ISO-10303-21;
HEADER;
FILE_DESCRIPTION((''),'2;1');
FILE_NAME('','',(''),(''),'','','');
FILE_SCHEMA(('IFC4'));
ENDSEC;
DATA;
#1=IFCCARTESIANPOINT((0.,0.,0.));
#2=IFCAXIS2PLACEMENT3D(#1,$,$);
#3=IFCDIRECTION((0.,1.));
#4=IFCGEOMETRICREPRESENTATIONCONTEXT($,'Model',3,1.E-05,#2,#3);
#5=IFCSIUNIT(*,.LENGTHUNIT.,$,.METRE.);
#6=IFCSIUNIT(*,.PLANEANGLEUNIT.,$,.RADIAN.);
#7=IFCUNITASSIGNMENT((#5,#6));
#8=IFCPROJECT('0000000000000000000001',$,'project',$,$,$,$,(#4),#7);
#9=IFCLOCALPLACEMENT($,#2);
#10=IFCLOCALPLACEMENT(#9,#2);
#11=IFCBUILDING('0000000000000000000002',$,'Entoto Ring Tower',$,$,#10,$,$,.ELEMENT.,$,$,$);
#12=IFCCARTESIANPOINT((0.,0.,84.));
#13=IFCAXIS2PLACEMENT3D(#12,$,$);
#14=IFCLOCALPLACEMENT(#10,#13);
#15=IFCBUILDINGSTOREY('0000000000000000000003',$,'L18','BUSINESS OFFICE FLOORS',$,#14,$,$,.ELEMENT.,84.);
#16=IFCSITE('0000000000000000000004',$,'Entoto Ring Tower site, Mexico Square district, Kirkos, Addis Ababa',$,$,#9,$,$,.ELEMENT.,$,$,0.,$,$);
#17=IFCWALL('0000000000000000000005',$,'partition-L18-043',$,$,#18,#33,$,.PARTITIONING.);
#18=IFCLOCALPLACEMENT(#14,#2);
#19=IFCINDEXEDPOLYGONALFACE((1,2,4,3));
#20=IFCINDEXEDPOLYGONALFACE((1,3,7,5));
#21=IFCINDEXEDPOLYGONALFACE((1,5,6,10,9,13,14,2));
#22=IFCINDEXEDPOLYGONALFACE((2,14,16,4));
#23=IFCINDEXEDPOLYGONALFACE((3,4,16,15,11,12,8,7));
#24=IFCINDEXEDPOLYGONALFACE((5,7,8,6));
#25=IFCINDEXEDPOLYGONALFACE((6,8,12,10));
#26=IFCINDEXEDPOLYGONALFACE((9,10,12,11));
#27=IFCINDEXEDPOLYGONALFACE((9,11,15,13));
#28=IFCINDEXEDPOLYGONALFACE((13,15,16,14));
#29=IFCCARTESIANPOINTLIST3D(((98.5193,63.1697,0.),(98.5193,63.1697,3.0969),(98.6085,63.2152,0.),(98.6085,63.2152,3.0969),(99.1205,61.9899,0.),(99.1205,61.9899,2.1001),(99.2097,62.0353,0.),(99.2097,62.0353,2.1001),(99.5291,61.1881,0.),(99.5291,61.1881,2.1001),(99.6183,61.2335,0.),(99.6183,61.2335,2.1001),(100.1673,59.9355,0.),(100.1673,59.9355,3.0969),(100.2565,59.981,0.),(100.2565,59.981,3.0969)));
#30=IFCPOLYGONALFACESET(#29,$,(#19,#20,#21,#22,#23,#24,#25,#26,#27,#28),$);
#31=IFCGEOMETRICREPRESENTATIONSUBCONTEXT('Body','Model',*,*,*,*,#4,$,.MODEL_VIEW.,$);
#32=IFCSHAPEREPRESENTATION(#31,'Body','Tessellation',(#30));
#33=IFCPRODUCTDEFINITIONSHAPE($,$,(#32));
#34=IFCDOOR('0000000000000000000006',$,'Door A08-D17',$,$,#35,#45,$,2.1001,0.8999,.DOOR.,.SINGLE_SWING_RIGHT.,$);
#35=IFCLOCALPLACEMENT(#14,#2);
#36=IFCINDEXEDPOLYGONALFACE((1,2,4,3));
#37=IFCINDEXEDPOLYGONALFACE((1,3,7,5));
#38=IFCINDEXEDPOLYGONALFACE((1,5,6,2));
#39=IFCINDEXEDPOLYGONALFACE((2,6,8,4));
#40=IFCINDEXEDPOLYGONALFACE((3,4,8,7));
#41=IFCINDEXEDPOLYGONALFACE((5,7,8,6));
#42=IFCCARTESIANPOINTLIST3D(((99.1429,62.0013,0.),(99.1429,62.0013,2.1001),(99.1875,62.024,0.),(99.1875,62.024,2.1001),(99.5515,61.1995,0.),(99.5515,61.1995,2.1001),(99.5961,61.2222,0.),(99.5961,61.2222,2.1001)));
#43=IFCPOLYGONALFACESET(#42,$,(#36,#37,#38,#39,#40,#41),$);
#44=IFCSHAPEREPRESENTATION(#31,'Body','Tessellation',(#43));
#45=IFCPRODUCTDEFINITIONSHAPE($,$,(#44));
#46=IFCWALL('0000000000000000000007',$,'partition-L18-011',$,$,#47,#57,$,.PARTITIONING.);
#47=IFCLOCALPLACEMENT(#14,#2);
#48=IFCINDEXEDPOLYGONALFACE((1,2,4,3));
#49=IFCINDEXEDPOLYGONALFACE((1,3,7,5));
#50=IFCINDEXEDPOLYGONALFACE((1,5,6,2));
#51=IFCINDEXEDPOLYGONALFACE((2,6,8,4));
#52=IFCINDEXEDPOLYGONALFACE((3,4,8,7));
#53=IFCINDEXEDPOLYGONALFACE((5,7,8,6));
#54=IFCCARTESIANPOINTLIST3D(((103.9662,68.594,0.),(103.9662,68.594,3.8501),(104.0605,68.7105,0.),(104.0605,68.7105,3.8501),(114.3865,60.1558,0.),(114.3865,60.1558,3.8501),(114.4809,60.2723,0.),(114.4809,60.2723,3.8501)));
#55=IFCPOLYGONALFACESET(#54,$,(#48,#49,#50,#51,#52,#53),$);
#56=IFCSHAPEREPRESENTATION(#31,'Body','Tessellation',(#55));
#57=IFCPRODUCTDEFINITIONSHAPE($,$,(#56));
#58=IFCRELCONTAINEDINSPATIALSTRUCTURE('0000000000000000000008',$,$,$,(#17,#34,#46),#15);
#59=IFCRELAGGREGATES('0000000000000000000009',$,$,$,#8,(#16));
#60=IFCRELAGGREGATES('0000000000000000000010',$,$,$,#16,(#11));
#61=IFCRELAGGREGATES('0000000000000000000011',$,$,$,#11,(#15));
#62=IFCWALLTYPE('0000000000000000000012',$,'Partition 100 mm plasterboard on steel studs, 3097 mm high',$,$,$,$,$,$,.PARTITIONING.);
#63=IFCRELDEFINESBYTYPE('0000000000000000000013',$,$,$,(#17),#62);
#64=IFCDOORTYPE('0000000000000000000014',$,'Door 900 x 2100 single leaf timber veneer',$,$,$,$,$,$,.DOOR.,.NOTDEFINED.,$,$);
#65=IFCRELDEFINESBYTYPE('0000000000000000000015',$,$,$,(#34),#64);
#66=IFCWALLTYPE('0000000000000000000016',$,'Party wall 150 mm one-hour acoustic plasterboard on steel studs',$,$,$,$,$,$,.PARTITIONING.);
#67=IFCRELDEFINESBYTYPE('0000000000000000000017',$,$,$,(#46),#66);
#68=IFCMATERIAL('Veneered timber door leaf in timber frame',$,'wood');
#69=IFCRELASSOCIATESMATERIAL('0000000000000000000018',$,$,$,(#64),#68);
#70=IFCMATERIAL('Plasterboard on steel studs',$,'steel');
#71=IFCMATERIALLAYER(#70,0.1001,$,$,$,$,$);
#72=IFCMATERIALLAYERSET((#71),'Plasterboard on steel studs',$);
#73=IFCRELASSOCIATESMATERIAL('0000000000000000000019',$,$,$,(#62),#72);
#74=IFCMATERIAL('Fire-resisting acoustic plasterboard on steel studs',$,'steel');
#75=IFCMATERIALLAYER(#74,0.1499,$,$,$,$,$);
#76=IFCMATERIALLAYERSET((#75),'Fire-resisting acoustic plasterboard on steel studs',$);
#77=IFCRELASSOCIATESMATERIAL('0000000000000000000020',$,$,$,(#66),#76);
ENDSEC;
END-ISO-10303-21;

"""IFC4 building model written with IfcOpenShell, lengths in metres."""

from ifc_helpers import new_model, si_unit, direction, frame, frame_2d, origin, place, context, subcontext, project, spatial, rectangle, extrude, material, layer, layer_set, type_object, element, fill, save


model = new_model("IFC4")

# Units and contexts
model_context = context("Model", 3, precision=1e-05, world=origin(), true_north=direction((0.0, 1.0)))
body_context = subcontext(model_context, "Body", "Model", "MODEL_VIEW")
ifc_project = project(units=[si_unit("LENGTHUNIT", "METRE"), si_unit("PLANEANGLEUNIT", "RADIAN")], contexts=[model_context])

# Site, building, storey
site_placement = place(None, origin())
site = spatial("IfcSite", under=ifc_project, at=site_placement, Name="Entoto Ring Tower site, Mexico Square district, Kirkos, Addis Ababa", CompositionType="ELEMENT", RefElevation=0.0)
building_placement = place(site_placement, origin())
building = spatial("IfcBuilding", under=site, at=building_placement, Name="Entoto Ring Tower", CompositionType="ELEMENT")
storey_placement = place(building_placement, frame((0.0, 0.0, 84.0)))
storey = spatial("IfcBuildingStorey", under=building, at=storey_placement, Name="L18", Description="BUSINESS OFFICE FLOORS", CompositionType="ELEMENT", Elevation=84.0)

# Shared definitions
ifc_material_1 = material(Name="Veneered timber door leaf in timber frame", Category="wood")
door_type = type_object("IfcDoorType", Name="Door 900 x 2100 single leaf timber veneer", OperationType="NOTDEFINED", PredefinedType="DOOR", material=ifc_material_1)

# Wall, opening, door
ifc_material_2 = material(Name="Plasterboard on steel studs", Category="steel")
ifc_layer_1 = layer(ifc_material_2, 0.1001)
ifc_layer_set_1 = layer_set([ifc_layer_1], Name="Plasterboard on steel studs")
wall_type_1 = type_object("IfcWallType", Name="Partition 100 mm plasterboard on steel studs, 3097 mm high", PredefinedType="PARTITIONING", material=ifc_layer_set_1)
wall_1_placement = place(storey_placement, frame((100.2119, 59.9583, 0.0), z_axis=(0.0, 0.0, 1.0), x_axis=(-0.454007, 0.890998, 0.0)))
wall_1 = element("IfcWall", 1, at=wall_1_placement, inside=storey, type_object=wall_type_1, Name="partition-L18-043", PredefinedType="PARTITIONING", context=body_context, shape_type="SweptSolid", body=[
    extrude(rectangle(XDim=3.6299, YDim=0.1001, at=frame_2d((1.8149, 0.0))), origin(), (0.0, 0.0, 1.0), 3.0969),
])
opening_1_placement = place(wall_1_placement, frame((1.4058, 0.0, 0.0)))
opening_1 = element("IfcOpeningElement", 2, at=opening_1_placement, cuts=wall_1, PredefinedType="OPENING", context=body_context, shape_type="SweptSolid", body=[
    extrude(rectangle(XDim=0.8999, YDim=2.1001, at=frame_2d((0.45, 1.05))), frame((0.0, 0.0601, 0.0), z_axis=(0.0, -1.0, 0.0), x_axis=(1.0, 0.0, 0.0)), (0.0, 0.0, 1.0), 0.1201),
])
door_1_placement = place(opening_1_placement, origin())
door_1 = element("IfcDoor", 3, at=door_1_placement, inside=storey, type_object=door_type, Name="Door A08-D17", OperationType="SINGLE_SWING_RIGHT", OverallHeight=2.1001, OverallWidth=0.8999, PredefinedType="DOOR", context=body_context, shape_type="SweptSolid", body=[
    extrude(rectangle(XDim=0.8999, YDim=2.1001, at=frame_2d((0.45, 1.05))), frame((0.0, 0.0249, 0.0), z_axis=(0.0, -1.0, 0.0), x_axis=(1.0, 0.0, 0.0)), (0.0, 0.0, 1.0), 0.05),
])
fill(opening_1, door_1)

# Wall
ifc_material_3 = material(Name="Fire-resisting acoustic plasterboard on steel studs", Category="steel")
ifc_layer_2 = layer(ifc_material_3, 0.1499)
ifc_layer_set_2 = layer_set([ifc_layer_2], Name="Fire-resisting acoustic plasterboard on steel studs")
wall_type_2 = type_object("IfcWallType", Name="Party wall 150 mm one-hour acoustic plasterboard on steel studs", PredefinedType="PARTITIONING", material=ifc_layer_set_2)
wall_2_placement = place(storey_placement, frame((114.4336, 60.2141, 0.0), z_axis=(0.0, 0.0, 1.0), x_axis=(-0.777148, 0.629318, 0.0)))
element("IfcWall", 4, at=wall_2_placement, inside=storey, type_object=wall_type_2, Name="partition-L18-011", PredefinedType="PARTITIONING", context=body_context, shape_type="SweptSolid", body=[
    extrude(rectangle(XDim=13.4084, YDim=0.1499, at=frame_2d((6.7041, 0.0))), origin(), (0.0, 0.0, 1.0), 3.8501),
])

save(model, "model.ifc")
